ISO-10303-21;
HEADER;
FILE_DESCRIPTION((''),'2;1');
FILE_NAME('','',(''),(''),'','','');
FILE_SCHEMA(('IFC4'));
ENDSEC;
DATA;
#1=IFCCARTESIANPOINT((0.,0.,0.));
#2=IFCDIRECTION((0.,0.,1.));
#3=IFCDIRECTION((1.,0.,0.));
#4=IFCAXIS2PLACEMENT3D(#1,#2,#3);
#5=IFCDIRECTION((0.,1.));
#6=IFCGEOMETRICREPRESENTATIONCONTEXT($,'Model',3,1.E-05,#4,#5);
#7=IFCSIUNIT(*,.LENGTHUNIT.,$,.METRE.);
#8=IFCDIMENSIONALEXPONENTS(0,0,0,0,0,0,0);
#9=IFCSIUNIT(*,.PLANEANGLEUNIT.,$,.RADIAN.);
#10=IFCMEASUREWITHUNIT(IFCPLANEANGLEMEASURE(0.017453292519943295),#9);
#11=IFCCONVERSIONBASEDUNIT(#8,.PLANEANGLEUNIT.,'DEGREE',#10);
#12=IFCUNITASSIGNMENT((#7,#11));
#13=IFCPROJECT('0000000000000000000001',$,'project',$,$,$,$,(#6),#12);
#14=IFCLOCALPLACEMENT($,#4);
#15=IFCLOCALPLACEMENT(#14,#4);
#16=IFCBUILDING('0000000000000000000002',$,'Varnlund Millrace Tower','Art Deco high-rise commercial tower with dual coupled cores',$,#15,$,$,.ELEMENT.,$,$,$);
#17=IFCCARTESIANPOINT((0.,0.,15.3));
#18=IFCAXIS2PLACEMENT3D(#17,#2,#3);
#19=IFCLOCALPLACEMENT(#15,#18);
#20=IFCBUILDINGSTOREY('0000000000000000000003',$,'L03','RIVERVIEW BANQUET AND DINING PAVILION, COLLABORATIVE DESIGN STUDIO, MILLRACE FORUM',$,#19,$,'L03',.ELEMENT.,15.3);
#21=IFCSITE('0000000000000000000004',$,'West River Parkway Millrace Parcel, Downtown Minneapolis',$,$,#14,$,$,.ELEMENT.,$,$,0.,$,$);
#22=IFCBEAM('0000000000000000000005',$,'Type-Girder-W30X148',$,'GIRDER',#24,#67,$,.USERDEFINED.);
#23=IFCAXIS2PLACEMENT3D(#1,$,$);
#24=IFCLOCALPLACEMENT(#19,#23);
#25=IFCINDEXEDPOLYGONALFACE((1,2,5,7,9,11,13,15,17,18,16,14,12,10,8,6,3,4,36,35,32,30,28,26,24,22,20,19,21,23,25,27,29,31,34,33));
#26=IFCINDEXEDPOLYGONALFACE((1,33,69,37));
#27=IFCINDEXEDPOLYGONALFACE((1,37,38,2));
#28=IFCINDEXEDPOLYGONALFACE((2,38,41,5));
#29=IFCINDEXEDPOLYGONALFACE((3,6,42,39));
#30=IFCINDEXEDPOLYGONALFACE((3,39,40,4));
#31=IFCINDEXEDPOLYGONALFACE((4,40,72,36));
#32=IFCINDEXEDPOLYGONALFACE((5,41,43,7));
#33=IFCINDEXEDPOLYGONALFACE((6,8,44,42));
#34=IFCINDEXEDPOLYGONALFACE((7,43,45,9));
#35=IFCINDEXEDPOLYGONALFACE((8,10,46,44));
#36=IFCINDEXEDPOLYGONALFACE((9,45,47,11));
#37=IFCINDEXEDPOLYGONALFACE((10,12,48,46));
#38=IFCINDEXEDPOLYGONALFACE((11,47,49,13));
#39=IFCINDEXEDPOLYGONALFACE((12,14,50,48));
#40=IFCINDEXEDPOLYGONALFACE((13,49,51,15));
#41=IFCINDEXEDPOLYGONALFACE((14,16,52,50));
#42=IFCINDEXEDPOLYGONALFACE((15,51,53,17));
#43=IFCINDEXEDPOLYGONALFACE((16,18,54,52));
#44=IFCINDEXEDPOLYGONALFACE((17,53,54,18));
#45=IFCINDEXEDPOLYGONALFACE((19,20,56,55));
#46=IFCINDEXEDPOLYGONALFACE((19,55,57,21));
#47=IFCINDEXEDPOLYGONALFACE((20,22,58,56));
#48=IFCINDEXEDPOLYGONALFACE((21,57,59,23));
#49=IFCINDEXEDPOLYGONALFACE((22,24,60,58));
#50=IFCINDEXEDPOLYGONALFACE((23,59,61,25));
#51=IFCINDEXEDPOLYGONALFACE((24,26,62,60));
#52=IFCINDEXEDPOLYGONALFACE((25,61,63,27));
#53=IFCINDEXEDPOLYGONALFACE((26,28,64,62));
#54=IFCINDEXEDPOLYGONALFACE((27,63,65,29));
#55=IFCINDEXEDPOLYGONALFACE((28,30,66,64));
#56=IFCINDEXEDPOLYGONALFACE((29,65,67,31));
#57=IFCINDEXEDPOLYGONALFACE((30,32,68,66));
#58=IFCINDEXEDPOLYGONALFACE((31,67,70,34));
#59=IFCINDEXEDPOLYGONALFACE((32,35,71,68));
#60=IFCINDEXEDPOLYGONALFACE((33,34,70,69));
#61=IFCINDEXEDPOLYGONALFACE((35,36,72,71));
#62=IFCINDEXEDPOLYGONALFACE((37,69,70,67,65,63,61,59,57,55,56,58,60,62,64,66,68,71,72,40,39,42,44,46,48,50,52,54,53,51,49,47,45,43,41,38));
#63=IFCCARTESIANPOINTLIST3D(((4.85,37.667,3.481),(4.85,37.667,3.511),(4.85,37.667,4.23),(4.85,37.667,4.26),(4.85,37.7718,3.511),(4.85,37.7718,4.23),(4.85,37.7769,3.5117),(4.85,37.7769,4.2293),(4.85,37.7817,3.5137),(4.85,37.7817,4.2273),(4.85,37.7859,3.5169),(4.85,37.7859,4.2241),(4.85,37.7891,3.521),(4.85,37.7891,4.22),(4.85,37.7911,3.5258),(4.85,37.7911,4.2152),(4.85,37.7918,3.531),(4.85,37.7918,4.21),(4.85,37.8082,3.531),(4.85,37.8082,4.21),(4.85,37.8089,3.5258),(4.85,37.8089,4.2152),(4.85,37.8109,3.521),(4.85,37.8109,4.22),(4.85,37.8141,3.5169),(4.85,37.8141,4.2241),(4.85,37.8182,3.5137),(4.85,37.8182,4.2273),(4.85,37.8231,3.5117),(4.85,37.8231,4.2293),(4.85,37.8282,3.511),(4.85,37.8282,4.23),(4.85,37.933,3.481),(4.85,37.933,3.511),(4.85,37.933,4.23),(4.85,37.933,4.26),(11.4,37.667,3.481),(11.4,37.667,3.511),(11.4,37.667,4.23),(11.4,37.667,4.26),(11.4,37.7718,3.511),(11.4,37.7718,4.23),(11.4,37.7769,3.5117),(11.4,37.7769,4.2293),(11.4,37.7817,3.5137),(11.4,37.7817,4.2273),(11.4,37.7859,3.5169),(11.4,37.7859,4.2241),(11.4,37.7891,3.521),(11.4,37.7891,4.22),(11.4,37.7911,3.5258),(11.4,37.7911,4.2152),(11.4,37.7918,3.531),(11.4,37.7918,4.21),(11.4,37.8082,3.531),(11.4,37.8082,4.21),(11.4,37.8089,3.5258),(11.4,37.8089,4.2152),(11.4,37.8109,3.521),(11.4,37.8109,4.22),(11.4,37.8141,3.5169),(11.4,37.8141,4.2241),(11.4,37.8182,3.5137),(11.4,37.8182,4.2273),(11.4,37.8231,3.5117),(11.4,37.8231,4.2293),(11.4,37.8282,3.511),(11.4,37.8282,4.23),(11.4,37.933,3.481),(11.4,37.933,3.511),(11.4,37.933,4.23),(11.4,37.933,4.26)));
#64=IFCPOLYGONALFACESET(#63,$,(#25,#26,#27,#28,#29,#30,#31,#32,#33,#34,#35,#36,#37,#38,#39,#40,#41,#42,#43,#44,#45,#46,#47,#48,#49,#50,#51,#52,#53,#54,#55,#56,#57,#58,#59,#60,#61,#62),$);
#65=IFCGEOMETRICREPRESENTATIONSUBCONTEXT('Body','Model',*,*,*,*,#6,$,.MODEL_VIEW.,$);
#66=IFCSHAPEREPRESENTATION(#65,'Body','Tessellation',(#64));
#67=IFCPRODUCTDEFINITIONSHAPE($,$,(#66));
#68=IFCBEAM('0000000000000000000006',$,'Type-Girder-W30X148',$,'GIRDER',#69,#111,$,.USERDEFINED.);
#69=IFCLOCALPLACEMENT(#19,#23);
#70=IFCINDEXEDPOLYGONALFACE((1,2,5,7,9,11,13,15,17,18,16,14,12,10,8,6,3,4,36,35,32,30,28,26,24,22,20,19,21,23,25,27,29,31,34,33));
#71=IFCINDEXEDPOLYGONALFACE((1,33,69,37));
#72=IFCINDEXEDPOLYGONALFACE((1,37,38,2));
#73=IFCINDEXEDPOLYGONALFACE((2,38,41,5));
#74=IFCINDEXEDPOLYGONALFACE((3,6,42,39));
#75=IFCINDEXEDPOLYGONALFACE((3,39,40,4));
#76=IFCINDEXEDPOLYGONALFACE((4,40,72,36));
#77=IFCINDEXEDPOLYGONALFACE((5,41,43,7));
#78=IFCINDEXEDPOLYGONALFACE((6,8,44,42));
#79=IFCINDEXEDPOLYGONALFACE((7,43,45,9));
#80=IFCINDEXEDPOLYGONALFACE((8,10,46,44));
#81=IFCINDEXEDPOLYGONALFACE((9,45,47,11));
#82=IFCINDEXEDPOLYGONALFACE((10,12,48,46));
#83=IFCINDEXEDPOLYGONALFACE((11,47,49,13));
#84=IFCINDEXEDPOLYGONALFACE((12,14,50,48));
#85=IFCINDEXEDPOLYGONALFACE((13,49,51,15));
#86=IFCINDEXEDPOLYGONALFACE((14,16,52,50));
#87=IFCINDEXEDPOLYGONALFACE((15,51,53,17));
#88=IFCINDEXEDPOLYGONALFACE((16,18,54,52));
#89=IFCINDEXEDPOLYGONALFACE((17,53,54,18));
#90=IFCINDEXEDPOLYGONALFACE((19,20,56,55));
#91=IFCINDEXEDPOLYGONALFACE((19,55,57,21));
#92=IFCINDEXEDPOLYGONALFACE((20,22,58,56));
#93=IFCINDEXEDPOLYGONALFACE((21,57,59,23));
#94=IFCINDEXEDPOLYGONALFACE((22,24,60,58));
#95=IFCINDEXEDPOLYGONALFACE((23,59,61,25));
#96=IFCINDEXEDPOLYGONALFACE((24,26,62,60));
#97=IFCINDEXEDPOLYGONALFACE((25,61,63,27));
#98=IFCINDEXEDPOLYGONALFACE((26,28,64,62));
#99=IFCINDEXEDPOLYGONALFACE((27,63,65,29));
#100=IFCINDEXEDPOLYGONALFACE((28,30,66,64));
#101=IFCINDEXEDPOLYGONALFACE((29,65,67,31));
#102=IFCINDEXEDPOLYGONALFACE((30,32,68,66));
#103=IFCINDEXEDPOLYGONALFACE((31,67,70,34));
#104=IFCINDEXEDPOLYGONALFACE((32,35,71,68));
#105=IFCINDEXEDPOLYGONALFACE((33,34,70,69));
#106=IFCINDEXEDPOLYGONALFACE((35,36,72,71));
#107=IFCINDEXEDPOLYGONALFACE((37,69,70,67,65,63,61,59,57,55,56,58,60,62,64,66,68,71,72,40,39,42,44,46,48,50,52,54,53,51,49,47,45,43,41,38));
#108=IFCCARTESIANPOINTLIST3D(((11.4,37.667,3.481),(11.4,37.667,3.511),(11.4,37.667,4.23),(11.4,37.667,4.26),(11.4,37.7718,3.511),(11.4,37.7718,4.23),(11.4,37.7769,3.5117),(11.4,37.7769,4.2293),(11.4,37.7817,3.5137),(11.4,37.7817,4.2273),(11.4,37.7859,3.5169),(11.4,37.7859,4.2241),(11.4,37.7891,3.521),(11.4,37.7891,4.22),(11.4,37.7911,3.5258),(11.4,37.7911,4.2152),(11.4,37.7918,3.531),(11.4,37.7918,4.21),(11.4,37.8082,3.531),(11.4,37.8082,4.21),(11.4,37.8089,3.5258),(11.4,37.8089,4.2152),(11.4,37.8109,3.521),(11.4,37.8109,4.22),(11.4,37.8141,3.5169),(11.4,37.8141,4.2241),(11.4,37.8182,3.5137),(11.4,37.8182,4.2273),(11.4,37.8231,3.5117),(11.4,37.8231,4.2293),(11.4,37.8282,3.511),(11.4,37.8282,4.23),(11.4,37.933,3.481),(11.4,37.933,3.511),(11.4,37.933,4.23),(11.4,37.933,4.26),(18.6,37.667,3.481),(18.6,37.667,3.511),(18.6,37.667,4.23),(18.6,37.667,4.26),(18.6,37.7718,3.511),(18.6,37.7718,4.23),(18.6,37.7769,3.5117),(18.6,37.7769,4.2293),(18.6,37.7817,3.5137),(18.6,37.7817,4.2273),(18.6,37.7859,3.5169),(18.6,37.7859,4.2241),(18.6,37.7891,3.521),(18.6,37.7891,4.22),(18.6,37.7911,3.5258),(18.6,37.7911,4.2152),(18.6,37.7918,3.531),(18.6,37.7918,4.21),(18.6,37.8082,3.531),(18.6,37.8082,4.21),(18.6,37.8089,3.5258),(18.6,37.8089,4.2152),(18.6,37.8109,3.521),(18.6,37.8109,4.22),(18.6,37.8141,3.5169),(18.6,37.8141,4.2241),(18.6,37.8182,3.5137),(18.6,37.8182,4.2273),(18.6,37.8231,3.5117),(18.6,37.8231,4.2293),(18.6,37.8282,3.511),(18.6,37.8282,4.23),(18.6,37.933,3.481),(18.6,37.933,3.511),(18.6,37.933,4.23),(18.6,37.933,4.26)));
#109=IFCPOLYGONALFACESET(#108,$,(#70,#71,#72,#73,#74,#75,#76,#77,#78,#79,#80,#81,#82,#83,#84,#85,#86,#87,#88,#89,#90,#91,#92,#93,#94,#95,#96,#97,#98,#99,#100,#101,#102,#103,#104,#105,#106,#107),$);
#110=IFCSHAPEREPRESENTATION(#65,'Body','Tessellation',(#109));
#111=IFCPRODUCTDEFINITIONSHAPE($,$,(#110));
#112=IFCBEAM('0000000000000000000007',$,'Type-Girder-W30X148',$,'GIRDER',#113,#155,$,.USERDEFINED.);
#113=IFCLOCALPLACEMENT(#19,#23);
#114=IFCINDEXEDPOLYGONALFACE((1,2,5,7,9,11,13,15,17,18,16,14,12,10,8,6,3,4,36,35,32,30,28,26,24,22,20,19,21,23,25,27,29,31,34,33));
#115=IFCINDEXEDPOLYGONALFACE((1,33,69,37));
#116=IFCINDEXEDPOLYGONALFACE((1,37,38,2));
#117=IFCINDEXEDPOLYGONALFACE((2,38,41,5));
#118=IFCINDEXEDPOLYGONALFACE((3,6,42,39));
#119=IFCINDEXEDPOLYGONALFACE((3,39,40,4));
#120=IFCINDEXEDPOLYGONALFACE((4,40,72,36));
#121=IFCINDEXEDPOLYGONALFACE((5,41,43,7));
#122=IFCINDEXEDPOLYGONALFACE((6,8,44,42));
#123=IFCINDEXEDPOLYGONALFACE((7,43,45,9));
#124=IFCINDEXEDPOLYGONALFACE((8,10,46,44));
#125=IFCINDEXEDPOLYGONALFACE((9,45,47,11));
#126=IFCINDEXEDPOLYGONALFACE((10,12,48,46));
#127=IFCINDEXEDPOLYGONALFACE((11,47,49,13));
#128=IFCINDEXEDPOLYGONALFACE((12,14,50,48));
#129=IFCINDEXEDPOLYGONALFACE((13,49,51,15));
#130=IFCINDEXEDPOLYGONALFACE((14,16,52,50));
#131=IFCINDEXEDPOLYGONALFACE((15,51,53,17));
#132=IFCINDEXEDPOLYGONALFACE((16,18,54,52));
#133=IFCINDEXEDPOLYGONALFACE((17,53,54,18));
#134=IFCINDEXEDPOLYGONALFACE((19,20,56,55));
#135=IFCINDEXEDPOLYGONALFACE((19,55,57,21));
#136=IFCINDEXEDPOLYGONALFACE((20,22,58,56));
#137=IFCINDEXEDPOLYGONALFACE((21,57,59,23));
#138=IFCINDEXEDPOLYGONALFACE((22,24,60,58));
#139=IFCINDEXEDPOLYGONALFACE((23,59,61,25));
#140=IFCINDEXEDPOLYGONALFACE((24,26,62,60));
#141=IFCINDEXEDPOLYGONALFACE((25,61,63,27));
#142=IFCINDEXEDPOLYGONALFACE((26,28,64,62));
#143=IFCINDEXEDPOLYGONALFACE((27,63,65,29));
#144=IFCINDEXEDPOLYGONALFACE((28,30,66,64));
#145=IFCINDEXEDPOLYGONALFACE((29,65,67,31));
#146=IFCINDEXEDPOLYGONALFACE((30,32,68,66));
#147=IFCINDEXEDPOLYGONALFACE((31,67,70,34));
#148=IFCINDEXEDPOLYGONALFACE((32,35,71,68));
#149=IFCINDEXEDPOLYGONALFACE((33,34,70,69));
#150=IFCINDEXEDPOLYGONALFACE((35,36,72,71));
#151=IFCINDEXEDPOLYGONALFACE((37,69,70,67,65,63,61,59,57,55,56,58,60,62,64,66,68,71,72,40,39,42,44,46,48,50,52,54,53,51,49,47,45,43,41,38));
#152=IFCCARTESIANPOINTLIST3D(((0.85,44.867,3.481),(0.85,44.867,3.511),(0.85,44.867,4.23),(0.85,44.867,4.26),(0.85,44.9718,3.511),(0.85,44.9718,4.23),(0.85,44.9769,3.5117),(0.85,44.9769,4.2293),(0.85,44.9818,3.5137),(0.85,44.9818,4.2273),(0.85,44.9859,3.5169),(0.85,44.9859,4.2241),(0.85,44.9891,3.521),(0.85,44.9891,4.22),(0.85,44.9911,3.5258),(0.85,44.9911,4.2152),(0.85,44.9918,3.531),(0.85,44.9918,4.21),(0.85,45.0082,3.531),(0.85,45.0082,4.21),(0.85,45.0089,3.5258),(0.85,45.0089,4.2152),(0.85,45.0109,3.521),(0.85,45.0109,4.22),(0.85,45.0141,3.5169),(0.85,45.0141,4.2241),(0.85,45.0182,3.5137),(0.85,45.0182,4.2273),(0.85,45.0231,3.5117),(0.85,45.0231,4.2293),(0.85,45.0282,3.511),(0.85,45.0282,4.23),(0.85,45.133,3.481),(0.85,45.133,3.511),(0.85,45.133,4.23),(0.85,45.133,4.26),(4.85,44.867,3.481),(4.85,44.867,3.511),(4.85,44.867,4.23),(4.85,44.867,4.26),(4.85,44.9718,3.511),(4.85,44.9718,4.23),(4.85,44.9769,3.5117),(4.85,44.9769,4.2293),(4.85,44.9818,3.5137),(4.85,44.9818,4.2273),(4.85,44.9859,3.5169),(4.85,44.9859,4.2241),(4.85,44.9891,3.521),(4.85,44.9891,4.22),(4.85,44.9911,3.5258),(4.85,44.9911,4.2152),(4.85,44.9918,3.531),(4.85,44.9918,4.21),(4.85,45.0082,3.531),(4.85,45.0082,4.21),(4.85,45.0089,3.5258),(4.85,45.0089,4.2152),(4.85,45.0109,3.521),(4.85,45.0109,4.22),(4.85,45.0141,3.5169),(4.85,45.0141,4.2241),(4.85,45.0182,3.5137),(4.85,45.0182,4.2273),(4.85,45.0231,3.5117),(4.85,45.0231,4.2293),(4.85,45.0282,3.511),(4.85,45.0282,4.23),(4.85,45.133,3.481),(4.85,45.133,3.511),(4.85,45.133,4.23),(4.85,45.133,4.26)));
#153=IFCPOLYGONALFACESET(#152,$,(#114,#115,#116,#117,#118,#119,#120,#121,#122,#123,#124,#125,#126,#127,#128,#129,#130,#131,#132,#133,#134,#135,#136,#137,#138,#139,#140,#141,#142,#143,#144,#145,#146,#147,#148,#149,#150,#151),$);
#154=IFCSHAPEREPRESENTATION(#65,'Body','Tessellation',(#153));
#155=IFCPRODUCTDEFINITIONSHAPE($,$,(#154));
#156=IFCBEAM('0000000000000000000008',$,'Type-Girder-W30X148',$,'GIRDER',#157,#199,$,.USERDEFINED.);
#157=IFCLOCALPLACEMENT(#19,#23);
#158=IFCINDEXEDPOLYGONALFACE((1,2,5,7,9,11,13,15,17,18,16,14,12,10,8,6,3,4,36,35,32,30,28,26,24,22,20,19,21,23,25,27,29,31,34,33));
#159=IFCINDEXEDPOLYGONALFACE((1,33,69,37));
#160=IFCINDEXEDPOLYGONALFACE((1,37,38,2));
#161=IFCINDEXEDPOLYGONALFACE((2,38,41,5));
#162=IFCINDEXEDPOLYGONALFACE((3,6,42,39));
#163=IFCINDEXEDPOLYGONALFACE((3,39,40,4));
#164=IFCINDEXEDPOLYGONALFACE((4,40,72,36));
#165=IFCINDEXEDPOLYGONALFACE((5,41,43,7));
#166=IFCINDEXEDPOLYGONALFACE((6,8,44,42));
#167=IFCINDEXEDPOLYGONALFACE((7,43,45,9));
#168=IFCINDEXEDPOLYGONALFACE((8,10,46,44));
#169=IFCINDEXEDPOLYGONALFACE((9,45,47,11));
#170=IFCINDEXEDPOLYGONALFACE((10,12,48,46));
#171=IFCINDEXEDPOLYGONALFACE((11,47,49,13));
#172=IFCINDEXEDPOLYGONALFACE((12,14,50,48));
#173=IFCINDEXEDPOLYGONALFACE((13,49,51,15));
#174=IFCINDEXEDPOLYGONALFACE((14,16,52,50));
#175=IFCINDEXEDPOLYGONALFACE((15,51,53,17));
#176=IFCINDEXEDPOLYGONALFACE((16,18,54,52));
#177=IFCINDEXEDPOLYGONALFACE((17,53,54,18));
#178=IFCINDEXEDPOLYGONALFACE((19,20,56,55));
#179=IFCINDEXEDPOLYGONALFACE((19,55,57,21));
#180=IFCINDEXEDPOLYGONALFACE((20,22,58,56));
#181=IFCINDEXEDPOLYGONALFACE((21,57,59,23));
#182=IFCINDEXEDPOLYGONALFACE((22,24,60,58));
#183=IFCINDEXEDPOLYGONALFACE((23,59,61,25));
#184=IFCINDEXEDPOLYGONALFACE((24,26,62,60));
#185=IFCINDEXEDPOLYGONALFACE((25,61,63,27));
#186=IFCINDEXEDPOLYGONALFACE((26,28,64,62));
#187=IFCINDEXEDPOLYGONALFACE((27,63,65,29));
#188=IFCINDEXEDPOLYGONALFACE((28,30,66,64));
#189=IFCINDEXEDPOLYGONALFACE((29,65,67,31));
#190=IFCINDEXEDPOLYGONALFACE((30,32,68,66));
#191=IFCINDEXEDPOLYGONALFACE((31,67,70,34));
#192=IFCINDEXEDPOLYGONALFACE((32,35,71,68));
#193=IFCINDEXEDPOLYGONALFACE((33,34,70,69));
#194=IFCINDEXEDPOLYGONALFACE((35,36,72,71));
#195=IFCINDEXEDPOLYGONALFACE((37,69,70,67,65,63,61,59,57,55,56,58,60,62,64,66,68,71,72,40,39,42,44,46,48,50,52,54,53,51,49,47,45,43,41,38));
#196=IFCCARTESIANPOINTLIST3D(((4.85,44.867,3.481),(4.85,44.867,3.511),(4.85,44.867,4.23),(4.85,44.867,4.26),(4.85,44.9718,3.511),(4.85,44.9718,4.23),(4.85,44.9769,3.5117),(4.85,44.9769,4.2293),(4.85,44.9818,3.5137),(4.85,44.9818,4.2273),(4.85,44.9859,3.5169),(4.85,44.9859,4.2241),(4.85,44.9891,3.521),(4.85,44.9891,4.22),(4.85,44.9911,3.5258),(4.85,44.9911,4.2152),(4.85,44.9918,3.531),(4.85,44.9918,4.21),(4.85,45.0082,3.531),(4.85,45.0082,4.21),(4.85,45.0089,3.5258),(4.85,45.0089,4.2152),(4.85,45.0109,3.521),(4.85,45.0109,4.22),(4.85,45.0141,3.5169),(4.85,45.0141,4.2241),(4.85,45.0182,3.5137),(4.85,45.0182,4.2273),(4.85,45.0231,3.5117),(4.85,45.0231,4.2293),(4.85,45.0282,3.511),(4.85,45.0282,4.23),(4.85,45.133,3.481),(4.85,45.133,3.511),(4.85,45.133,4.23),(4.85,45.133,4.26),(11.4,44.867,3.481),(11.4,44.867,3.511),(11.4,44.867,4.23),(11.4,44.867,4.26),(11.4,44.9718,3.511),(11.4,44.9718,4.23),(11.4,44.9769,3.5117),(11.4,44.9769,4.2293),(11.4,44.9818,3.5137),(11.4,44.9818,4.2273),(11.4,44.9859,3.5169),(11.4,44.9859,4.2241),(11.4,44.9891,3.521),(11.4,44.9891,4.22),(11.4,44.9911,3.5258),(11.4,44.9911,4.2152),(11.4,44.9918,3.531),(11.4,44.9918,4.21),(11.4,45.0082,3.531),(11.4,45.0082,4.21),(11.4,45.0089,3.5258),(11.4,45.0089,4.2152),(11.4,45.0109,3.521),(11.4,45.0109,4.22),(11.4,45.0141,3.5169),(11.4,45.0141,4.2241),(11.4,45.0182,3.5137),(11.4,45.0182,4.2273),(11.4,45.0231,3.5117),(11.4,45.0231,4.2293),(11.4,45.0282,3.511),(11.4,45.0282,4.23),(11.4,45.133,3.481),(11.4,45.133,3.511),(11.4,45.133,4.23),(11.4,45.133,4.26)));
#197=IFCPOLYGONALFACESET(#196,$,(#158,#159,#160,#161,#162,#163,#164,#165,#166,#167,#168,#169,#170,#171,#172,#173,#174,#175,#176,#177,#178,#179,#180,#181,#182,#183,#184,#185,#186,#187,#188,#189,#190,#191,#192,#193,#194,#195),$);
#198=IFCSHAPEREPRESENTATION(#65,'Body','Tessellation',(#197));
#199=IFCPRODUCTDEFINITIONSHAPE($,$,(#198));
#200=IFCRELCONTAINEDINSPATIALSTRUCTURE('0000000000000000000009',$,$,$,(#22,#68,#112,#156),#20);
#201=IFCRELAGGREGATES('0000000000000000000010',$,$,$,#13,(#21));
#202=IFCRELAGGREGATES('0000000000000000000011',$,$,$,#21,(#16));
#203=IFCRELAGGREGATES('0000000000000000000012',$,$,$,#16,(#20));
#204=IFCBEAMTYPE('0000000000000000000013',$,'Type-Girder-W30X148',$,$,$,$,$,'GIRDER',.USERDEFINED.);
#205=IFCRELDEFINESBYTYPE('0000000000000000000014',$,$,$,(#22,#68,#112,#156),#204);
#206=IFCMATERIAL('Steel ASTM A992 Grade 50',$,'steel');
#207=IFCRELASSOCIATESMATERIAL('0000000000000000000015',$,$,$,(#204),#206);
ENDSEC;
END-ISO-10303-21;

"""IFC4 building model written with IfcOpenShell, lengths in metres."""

from ifc_helpers import new_model, entity, si_unit, converted_unit, direction, frame, origin_with_axes, origin_2d_with_axis, place, context, subcontext, project, spatial, i_section, extrude, material, material_profile, profile_set, type_object, element, save


model = new_model("IFC4")

# Units and contexts
model_context = context("Model", 3, precision=1e-05, world=origin_with_axes(), true_north=direction((0.0, 1.0)))
body_context = subcontext(model_context, "Body", "Model", "MODEL_VIEW")
ifc_project = project(units=[si_unit("LENGTHUNIT", "METRE"), converted_unit("PLANEANGLEUNIT", "DEGREE", entity("IfcPlaneAngleMeasure", 0.017453292519943295), si_unit("PLANEANGLEUNIT", "RADIAN"), dimensions=[0, 0, 0, 0, 0, 0, 0])], contexts=[model_context])

# Site, building, storey
site_placement = place(None, origin_with_axes())
site = spatial("IfcSite", under=ifc_project, at=site_placement, Name="West River Parkway Millrace Parcel, Downtown Minneapolis", CompositionType="ELEMENT", RefElevation=0.0)
building_placement = place(site_placement, origin_with_axes())
building = spatial("IfcBuilding", under=site, at=building_placement, Name="Varnlund Millrace Tower", Description="Art Deco high-rise commercial tower with dual coupled cores", CompositionType="ELEMENT")
storey_placement = place(building_placement, frame((0.0, 0.0, 15.3), z_axis=(0.0, 0.0, 1.0), x_axis=(1.0, 0.0, 0.0)))
storey = spatial("IfcBuildingStorey", under=building, at=storey_placement, Name="L03", Description="RIVERVIEW BANQUET AND DINING PAVILION, COLLABORATIVE DESIGN STUDIO, MILLRACE FORUM", LongName="L03", CompositionType="ELEMENT", Elevation=15.3)

# Beams
ifc_material_1 = material(Name="Steel ASTM A992 Grade 50", Category="steel")
ifc_material_profile_1 = material_profile(ifc_material_1, i_section(OverallWidth=0.266, OverallDepth=0.779, WebThickness=0.0165, FlangeThickness=0.03, FilletRadius=0.02, at=origin_2d_with_axis()), Name="Steel ASTM A992 Grade 50")
ifc_profile_set_1 = profile_set([ifc_material_profile_1], Name="Steel ASTM A992 Grade 50")
beam_type_1 = type_object("IfcBeamType", Name="Type-Girder-W30X148", ElementType="GIRDER", PredefinedType="USERDEFINED", material=ifc_profile_set_1)
beam_1_placement = place(storey_placement, frame((4.85, 37.8, 3.8705), z_axis=(1.0, 0.0, 0.0), x_axis=(0.0, 1.0, 0.0)))
element("IfcBeam", 1, at=beam_1_placement, inside=storey, type_object=beam_type_1, Name="Type-Girder-W30X148", ObjectType="GIRDER", PredefinedType="USERDEFINED", context=body_context, shape_type="SweptSolid", body=[
    extrude(i_section(OverallWidth=0.266, OverallDepth=0.779, WebThickness=0.0165, FlangeThickness=0.03, FilletRadius=0.02, at=origin_2d_with_axis()), origin_with_axes(), (0.0, 0.0, 1.0), 6.55),
])
beam_2_placement = place(storey_placement, frame((11.4, 37.8, 3.8705), z_axis=(1.0, 0.0, 0.0), x_axis=(0.0, 1.0, 0.0)))
element("IfcBeam", 2, at=beam_2_placement, inside=storey, type_object=beam_type_1, Name="Type-Girder-W30X148", ObjectType="GIRDER", PredefinedType="USERDEFINED", context=body_context, shape_type="SweptSolid", body=[
    extrude(i_section(OverallWidth=0.266, OverallDepth=0.779, WebThickness=0.0165, FlangeThickness=0.03, FilletRadius=0.02, at=origin_2d_with_axis()), origin_with_axes(), (0.0, 0.0, 1.0), 7.2),
])
beam_3_placement = place(storey_placement, frame((0.85, 45.0, 3.8705), z_axis=(1.0, 0.0, 0.0), x_axis=(0.0, 1.0, 0.0)))
element("IfcBeam", 3, at=beam_3_placement, inside=storey, type_object=beam_type_1, Name="Type-Girder-W30X148", ObjectType="GIRDER", PredefinedType="USERDEFINED", context=body_context, shape_type="SweptSolid", body=[
    extrude(i_section(OverallWidth=0.266, OverallDepth=0.779, WebThickness=0.0165, FlangeThickness=0.03, FilletRadius=0.02, at=origin_2d_with_axis()), origin_with_axes(), (0.0, 0.0, 1.0), 4.0),
])
beam_4_placement = place(storey_placement, frame((4.85, 45.0, 3.8705), z_axis=(1.0, 0.0, 0.0), x_axis=(0.0, 1.0, 0.0)))
element("IfcBeam", 4, at=beam_4_placement, inside=storey, type_object=beam_type_1, Name="Type-Girder-W30X148", ObjectType="GIRDER", PredefinedType="USERDEFINED", context=body_context, shape_type="SweptSolid", body=[
    extrude(i_section(OverallWidth=0.266, OverallDepth=0.779, WebThickness=0.0165, FlangeThickness=0.03, FilletRadius=0.02, at=origin_2d_with_axis()), origin_with_axes(), (0.0, 0.0, 1.0), 6.55),
])

save(model, "model.ifc")
